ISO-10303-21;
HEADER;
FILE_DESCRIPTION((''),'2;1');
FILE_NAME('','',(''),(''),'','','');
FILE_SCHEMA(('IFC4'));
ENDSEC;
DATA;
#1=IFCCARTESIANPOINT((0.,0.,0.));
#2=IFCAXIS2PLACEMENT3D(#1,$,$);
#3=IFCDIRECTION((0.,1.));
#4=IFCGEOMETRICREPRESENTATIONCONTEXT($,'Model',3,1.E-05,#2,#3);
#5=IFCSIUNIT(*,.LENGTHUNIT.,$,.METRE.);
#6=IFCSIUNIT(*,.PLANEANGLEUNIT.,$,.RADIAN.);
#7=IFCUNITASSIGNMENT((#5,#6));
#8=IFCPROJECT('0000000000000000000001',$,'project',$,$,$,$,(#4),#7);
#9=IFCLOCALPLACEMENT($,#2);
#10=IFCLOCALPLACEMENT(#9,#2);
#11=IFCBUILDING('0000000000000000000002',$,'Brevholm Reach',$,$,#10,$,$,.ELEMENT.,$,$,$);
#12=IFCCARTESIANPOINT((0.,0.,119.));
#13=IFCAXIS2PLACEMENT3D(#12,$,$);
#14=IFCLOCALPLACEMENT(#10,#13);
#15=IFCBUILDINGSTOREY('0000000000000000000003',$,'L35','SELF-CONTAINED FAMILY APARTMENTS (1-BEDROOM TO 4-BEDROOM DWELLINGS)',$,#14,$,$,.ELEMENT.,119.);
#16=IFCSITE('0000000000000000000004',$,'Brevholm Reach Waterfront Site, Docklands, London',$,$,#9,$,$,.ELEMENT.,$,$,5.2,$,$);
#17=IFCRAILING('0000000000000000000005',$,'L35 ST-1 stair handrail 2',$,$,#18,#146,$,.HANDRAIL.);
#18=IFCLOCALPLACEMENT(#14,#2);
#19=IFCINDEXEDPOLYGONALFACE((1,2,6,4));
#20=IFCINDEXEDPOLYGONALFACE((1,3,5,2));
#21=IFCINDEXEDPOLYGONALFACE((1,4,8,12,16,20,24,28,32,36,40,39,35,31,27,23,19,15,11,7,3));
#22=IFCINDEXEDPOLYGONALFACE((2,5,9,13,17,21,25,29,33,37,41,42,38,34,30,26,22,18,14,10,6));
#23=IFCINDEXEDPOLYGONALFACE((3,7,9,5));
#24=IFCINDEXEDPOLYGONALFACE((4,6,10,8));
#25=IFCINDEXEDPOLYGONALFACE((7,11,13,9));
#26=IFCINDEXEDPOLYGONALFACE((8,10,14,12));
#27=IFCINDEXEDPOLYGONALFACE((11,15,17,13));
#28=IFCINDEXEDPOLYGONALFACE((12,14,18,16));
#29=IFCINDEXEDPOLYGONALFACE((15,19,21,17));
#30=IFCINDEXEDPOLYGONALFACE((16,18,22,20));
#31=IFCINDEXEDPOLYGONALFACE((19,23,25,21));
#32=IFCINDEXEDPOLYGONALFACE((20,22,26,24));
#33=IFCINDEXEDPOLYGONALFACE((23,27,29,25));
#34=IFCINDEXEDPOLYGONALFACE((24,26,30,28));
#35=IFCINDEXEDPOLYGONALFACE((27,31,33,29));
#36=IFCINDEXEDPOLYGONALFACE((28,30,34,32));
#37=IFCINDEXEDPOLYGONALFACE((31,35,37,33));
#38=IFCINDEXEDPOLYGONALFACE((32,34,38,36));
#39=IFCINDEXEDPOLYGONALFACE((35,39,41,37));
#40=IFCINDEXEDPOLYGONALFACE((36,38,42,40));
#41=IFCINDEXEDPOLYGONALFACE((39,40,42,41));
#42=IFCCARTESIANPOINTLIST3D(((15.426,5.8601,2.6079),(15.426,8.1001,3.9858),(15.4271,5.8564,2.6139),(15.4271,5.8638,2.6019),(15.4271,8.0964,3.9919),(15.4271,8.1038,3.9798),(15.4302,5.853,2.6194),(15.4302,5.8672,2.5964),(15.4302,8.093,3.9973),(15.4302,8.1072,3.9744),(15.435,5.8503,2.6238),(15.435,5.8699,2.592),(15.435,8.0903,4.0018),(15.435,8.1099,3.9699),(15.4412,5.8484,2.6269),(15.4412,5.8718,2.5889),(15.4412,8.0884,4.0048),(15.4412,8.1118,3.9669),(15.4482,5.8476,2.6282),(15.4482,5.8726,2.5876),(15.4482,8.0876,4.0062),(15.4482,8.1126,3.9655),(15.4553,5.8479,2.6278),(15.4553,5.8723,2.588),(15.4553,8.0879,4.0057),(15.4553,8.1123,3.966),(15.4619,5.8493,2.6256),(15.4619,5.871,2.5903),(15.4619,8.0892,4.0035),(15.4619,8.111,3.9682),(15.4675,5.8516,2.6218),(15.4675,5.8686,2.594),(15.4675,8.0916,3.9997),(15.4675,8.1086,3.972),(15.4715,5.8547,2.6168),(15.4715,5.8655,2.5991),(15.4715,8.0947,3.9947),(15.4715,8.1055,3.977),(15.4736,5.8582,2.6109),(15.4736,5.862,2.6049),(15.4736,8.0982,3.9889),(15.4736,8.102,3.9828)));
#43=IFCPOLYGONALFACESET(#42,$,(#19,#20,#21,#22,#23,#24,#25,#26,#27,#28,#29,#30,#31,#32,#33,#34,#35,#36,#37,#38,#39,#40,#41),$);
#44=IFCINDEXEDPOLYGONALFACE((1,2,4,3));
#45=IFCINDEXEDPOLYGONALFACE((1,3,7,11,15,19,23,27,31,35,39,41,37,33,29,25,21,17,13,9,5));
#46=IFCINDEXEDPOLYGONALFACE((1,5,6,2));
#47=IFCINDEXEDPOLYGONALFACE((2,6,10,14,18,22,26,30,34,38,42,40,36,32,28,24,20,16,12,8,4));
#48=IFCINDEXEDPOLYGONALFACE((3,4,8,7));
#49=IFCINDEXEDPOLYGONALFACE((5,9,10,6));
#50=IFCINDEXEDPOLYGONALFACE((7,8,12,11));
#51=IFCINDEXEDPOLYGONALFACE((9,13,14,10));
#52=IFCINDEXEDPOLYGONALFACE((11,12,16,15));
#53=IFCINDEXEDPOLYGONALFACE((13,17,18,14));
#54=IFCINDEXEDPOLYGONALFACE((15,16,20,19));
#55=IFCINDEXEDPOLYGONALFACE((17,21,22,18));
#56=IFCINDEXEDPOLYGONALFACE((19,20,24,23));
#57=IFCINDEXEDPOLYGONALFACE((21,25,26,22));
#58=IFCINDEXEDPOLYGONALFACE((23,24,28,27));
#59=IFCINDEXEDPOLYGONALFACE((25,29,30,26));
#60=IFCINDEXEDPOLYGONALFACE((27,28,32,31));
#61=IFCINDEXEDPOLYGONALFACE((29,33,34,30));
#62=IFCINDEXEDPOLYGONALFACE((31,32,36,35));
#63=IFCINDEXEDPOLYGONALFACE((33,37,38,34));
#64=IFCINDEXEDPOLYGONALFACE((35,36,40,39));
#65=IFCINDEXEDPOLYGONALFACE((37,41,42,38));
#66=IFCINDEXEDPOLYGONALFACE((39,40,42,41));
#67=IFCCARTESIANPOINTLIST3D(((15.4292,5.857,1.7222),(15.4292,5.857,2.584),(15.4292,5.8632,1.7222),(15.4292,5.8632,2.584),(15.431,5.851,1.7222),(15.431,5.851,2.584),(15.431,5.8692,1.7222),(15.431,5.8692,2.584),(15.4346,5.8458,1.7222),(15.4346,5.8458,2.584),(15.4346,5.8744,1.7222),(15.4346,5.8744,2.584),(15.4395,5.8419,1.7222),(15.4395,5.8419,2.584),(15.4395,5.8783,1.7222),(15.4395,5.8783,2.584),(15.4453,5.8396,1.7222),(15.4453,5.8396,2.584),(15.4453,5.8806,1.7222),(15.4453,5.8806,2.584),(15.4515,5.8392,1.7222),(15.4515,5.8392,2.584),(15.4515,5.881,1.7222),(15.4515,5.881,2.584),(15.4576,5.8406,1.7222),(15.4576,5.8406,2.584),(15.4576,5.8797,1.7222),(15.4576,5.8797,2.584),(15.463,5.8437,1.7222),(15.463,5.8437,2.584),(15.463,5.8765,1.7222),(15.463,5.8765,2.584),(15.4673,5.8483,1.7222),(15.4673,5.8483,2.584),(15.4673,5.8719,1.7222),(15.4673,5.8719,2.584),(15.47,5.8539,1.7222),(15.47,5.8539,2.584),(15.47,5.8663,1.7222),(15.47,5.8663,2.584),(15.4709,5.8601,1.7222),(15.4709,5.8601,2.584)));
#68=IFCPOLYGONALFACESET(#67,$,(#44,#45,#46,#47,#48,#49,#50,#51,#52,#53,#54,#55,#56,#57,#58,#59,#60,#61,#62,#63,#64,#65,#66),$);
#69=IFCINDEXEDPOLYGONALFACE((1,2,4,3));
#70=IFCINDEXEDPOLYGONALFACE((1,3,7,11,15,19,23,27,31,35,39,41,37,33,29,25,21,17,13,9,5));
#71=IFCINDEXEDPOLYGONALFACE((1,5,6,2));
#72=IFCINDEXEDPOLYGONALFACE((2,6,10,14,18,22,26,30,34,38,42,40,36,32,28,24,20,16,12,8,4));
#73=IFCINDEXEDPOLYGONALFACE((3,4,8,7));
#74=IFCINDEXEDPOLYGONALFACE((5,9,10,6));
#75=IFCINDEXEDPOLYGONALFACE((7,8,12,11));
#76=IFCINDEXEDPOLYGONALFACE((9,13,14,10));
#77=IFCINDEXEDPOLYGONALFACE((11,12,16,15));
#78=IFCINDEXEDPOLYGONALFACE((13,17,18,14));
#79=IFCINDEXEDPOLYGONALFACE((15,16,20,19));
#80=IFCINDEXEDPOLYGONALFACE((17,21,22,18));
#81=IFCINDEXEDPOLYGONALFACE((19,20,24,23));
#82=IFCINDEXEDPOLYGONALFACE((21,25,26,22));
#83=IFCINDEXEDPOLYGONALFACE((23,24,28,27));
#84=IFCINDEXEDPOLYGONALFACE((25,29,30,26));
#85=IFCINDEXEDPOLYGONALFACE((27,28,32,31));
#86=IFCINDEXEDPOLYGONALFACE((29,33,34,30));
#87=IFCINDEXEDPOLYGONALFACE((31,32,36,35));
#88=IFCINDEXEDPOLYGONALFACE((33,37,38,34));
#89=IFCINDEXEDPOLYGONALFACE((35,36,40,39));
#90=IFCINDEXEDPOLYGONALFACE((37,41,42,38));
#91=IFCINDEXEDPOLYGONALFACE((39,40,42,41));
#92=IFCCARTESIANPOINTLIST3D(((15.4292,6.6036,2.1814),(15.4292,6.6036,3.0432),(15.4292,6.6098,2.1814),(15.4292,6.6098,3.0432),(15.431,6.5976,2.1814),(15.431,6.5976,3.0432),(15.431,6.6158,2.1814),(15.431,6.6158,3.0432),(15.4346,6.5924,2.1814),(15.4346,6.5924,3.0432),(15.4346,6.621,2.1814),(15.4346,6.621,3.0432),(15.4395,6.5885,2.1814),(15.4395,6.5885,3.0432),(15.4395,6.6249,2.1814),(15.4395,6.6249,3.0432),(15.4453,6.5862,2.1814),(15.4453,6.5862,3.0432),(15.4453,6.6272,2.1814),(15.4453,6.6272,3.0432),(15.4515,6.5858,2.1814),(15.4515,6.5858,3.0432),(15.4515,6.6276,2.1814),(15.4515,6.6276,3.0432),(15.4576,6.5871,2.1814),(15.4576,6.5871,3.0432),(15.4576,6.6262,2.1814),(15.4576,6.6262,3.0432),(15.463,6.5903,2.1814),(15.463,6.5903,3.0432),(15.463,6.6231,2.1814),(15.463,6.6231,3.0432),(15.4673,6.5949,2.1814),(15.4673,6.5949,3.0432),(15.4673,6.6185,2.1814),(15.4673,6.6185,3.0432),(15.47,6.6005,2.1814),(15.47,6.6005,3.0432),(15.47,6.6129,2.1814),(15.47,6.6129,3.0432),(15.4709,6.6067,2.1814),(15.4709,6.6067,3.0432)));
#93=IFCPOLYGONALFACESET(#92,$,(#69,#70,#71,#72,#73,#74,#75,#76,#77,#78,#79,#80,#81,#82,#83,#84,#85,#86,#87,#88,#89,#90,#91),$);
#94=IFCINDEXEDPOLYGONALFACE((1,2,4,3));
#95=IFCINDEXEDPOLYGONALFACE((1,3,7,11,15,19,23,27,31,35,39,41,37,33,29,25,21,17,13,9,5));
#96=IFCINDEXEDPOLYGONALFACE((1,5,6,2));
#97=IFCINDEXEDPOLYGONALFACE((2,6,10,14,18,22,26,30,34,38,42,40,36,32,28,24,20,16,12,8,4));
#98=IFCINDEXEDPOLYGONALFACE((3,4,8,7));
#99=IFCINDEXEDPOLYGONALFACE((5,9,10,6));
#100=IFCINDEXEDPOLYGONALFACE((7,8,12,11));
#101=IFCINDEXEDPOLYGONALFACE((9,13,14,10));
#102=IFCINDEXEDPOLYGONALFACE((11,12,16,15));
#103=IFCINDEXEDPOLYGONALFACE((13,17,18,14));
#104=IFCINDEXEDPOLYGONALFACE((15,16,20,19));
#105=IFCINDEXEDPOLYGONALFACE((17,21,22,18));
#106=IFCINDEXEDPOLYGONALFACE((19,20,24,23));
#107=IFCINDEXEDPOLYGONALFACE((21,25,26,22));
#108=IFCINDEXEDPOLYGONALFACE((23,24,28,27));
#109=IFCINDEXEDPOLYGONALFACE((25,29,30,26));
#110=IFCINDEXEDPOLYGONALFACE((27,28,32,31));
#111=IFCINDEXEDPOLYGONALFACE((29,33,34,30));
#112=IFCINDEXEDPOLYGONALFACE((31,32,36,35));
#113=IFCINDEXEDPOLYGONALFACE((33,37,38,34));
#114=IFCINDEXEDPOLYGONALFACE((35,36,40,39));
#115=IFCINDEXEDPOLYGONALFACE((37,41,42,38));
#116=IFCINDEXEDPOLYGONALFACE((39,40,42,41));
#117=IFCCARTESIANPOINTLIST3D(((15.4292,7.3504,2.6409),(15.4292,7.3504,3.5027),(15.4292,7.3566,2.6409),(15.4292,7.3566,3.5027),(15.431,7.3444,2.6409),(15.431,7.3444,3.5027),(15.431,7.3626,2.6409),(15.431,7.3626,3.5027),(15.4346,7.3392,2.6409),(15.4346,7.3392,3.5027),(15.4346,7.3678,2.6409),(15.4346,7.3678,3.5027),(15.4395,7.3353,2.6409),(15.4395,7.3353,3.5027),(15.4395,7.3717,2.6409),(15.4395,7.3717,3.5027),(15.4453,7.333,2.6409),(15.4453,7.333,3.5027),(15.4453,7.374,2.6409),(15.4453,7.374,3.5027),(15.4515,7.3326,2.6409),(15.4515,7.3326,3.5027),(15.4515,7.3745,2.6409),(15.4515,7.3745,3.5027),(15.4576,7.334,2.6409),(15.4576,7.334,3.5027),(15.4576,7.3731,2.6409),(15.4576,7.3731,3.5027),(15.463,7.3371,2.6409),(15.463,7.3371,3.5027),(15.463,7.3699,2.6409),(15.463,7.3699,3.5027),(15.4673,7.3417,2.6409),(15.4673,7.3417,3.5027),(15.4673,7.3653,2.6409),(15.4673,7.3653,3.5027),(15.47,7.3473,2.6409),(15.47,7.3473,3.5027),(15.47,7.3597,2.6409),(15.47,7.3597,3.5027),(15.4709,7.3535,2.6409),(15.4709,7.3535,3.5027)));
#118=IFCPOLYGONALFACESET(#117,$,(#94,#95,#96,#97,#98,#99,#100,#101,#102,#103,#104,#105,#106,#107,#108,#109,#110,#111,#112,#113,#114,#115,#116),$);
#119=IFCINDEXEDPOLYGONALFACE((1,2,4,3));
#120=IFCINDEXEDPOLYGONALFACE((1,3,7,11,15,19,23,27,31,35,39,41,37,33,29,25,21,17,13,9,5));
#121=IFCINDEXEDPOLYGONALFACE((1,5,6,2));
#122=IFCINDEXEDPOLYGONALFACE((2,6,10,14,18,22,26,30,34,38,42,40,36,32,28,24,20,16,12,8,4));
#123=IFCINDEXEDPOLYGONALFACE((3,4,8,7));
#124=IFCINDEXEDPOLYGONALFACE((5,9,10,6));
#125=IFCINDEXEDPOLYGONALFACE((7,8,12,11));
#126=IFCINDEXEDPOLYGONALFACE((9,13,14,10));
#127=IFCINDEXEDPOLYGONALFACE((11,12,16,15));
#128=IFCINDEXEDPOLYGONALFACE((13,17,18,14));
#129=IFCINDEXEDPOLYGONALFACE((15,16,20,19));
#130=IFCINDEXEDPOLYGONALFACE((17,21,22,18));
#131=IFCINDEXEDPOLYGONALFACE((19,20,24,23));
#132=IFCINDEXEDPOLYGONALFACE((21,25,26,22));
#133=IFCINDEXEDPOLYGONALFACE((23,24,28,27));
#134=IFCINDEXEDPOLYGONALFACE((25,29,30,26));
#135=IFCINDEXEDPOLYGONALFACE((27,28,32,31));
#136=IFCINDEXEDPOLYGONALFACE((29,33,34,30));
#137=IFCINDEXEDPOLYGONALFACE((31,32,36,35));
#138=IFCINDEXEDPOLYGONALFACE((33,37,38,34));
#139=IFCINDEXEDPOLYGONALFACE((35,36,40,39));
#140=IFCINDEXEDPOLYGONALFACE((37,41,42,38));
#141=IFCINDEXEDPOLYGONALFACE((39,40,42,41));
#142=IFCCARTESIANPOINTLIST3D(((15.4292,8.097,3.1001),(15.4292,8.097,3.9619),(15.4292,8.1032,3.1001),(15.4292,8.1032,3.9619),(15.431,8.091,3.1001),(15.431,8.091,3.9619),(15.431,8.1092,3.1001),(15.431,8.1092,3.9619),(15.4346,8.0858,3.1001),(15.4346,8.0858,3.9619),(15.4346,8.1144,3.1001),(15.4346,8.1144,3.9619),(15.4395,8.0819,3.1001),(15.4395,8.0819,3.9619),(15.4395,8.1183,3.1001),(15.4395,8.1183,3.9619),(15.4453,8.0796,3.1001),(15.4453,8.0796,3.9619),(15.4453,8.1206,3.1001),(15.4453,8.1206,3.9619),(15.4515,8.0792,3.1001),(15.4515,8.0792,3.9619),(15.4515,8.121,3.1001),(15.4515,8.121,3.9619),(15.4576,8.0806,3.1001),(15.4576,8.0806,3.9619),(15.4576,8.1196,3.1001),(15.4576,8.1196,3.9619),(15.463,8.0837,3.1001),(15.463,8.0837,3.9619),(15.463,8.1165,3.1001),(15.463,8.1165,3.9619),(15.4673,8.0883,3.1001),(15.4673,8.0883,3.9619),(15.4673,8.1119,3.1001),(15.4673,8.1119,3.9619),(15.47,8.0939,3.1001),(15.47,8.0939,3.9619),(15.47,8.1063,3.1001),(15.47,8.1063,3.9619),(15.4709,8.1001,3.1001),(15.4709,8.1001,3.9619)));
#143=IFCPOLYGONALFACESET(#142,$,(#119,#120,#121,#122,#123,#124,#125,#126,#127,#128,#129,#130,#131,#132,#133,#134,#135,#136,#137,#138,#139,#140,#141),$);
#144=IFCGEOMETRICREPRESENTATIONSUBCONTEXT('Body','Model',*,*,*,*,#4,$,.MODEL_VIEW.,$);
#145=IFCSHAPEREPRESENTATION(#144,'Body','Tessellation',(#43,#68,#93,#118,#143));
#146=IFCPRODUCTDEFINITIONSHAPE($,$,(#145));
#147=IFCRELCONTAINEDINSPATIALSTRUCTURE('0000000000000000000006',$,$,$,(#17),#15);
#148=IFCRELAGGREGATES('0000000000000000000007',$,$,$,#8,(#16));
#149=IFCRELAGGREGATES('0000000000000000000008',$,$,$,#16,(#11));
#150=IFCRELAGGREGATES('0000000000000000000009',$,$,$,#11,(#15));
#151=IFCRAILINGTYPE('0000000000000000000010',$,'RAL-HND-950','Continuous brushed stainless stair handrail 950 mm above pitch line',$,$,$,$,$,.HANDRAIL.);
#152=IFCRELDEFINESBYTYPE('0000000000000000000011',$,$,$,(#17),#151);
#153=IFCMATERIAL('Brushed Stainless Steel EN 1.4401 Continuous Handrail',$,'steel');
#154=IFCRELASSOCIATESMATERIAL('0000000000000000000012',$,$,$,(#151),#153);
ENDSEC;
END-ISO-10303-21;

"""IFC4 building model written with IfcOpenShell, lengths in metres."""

from ifc_helpers import new_model, si_unit, direction, frame, origin, origin_2d, place, context, subcontext, project, spatial, circle, extrude, material, type_object, element, save


model = new_model("IFC4")

# Units and contexts
model_context = context("Model", 3, precision=1e-05, world=origin(), true_north=direction((0.0, 1.0)))
body_context = subcontext(model_context, "Body", "Model", "MODEL_VIEW")
ifc_project = project(units=[si_unit("LENGTHUNIT", "METRE"), si_unit("PLANEANGLEUNIT", "RADIAN")], contexts=[model_context])

# Site, building, storey
site_placement = place(None, origin())
site = spatial("IfcSite", under=ifc_project, at=site_placement, Name="Brevholm Reach Waterfront Site, Docklands, London", CompositionType="ELEMENT", RefElevation=5.2)
building_placement = place(site_placement, origin())
building = spatial("IfcBuilding", under=site, at=building_placement, Name="Brevholm Reach", CompositionType="ELEMENT")
storey_placement = place(building_placement, frame((0.0, 0.0, 119.0)))
storey = spatial("IfcBuildingStorey", under=building, at=storey_placement, Name="L35", Description="SELF-CONTAINED FAMILY APARTMENTS (1-BEDROOM TO 4-BEDROOM DWELLINGS)", CompositionType="ELEMENT", Elevation=119.0)

# Railing
ifc_material_1 = material(Name="Brushed Stainless Steel EN 1.4401 Continuous Handrail", Category="steel")
railing_type_1 = type_object("IfcRailingType", Name="RAL-HND-950", Description="Continuous brushed stainless stair handrail 950 mm above pitch line", PredefinedType="HANDRAIL", material=ifc_material_1)
railing_1_placement = place(storey_placement, frame((15.45, 5.8601, 1.7222)))
element("IfcRailing", 1, at=railing_1_placement, inside=storey, type_object=railing_type_1, Name="L35 ST-1 stair handrail 2", PredefinedType="HANDRAIL", context=body_context, shape_type="SweptSolid", body=[
    extrude(circle(Radius=0.0239, at=origin_2d()), frame((0.0, 0.0, 0.8857), z_axis=(0.0, 0.851748, 0.523952), x_axis=(-1.0, 0.0, 0.0)), (0.0, 0.0, 1.0), 2.6299),
    extrude(circle(Radius=0.021, at=origin_2d()), origin(), (0.0, 0.0, 1.0), 0.8618),
    extrude(circle(Radius=0.021, at=origin_2d()), frame((0.0, 0.7466, 0.4592)), (0.0, 0.0, 1.0), 0.8618),
    extrude(circle(Radius=0.021, at=origin_2d()), frame((0.0, 1.4934, 0.9187)), (0.0, 0.0, 1.0), 0.8618),
    extrude(circle(Radius=0.021, at=origin_2d()), frame((0.0, 2.24, 1.3779)), (0.0, 0.0, 1.0), 0.8618),
])

save(model, "model.ifc")
